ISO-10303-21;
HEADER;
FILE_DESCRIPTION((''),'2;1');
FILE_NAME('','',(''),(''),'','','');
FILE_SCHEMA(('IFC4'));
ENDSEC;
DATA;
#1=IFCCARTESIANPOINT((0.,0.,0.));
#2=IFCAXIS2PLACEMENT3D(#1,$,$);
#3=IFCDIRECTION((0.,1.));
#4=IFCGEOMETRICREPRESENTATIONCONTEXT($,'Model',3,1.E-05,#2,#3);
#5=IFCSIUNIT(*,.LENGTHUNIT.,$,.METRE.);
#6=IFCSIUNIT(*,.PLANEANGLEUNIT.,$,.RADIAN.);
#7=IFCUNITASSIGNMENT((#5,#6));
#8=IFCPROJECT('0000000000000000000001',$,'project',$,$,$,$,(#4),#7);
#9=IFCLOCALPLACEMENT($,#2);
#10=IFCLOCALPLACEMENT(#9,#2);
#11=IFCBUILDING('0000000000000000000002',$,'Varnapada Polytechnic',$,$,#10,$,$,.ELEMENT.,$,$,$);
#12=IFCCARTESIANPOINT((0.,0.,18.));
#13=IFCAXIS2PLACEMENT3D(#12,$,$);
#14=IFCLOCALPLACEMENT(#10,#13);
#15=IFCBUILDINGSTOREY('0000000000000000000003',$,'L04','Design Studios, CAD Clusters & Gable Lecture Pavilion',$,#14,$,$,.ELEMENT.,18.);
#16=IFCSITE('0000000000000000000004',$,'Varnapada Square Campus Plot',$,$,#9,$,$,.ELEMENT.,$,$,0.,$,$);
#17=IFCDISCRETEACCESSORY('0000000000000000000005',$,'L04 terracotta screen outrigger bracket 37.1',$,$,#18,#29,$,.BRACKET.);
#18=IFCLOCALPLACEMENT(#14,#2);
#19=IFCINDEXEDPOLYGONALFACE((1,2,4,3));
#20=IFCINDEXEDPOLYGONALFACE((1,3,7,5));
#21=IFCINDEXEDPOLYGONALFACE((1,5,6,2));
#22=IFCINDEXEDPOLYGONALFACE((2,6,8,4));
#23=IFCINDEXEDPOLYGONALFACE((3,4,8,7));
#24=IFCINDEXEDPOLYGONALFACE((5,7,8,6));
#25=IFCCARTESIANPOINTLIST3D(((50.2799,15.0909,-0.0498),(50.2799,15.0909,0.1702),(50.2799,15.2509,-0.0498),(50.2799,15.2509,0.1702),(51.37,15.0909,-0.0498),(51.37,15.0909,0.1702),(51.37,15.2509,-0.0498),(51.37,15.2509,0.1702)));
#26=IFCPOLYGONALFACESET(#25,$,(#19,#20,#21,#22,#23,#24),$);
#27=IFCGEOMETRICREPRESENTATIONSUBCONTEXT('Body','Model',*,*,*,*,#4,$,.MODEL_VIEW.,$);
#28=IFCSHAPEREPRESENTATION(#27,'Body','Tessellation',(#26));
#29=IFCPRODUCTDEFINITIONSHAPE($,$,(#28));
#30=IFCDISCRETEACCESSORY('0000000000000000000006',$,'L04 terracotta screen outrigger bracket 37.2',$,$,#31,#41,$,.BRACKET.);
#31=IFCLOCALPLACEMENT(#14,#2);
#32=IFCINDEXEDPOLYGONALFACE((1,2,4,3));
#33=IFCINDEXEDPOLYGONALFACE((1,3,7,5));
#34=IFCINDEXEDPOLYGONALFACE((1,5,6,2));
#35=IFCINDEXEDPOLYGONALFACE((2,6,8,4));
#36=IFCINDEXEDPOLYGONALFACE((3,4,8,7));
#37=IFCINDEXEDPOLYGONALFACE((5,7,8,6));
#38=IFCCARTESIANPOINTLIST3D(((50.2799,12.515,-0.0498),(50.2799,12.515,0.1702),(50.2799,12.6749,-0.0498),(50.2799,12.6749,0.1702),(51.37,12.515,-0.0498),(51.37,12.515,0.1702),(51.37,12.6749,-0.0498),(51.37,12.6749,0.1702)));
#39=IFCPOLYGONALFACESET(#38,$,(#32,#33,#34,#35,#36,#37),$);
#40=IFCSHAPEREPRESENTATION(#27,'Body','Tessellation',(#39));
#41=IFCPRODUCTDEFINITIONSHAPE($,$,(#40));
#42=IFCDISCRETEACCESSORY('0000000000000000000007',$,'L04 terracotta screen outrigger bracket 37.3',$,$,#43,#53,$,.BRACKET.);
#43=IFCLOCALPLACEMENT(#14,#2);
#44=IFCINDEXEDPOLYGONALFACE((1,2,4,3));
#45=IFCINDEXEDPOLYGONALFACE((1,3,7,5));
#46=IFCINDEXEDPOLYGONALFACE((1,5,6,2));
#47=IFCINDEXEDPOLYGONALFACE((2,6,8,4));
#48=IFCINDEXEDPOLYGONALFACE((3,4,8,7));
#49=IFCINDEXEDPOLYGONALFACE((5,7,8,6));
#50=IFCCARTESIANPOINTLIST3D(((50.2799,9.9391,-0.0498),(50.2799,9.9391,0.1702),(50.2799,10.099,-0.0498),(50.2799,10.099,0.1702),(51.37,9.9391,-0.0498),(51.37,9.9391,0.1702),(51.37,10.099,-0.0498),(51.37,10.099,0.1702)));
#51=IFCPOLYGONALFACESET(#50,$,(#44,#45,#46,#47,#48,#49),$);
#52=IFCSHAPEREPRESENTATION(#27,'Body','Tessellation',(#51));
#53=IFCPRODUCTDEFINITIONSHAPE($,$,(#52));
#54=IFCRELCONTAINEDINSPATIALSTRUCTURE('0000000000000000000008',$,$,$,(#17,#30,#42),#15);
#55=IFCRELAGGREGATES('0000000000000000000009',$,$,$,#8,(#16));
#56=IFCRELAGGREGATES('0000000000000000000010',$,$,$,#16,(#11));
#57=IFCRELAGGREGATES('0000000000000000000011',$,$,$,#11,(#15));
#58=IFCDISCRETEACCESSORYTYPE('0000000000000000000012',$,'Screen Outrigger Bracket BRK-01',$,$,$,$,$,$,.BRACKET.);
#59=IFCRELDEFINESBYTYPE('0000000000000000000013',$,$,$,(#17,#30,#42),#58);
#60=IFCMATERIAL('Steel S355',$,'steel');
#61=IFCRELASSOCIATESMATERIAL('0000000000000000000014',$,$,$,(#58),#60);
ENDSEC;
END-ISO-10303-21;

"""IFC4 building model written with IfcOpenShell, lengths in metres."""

from ifc_helpers import new_model, si_unit, direction, frame, origin, origin_2d, place, context, subcontext, project, spatial, rectangle, extrude, material, type_object, element, save


model = new_model("IFC4")

# Units and contexts
model_context = context("Model", 3, precision=1e-05, world=origin(), true_north=direction((0.0, 1.0)))
body_context = subcontext(model_context, "Body", "Model", "MODEL_VIEW")
ifc_project = project(units=[si_unit("LENGTHUNIT", "METRE"), si_unit("PLANEANGLEUNIT", "RADIAN")], contexts=[model_context])

# Site, building, storey
site_placement = place(None, origin())
site = spatial("IfcSite", under=ifc_project, at=site_placement, Name="Varnapada Square Campus Plot", CompositionType="ELEMENT", RefElevation=0.0)
building_placement = place(site_placement, origin())
building = spatial("IfcBuilding", under=site, at=building_placement, Name="Varnapada Polytechnic", CompositionType="ELEMENT")
storey_placement = place(building_placement, frame((0.0, 0.0, 18.0)))
storey = spatial("IfcBuildingStorey", under=building, at=storey_placement, Name="L04", Description="Design Studios, CAD Clusters & Gable Lecture Pavilion", CompositionType="ELEMENT", Elevation=18.0)

# Discrete accessories
ifc_material_1 = material(Name="Steel S355", Category="steel")
discrete_accessory_type = type_object("IfcDiscreteAccessoryType", Name="Screen Outrigger Bracket BRK-01", PredefinedType="BRACKET", material=ifc_material_1)
for number, where, z_axis, x_axis, name in (
    (1, (50.825, 15.1709, -0.0498), (0.0, 0.0, 1.0), (0.0, -1.0, 0.0), "L04 terracotta screen outrigger bracket 37.1"),
    (2, (50.825, 12.595, -0.0498), (0.0, 0.0, 1.0), (0.0, -1.0, 0.0), "L04 terracotta screen outrigger bracket 37.2"),
    (3, (50.825, 10.019, -0.0498), (0.0, 0.0, 1.0), (0.0, -1.0, 0.0), "L04 terracotta screen outrigger bracket 37.3"),
):
    element("IfcDiscreteAccessory", number, at=place(storey_placement, frame(where, z_axis=z_axis, x_axis=x_axis)), inside=storey, type_object=discrete_accessory_type, Name=name, PredefinedType="BRACKET", context=body_context, shape_type="SweptSolid", body=[
        extrude(rectangle(XDim=0.1599, YDim=1.0901, at=origin_2d()), origin(), (0.0, 0.0, 1.0), 0.22),
    ])

save(model, "model.ifc")
